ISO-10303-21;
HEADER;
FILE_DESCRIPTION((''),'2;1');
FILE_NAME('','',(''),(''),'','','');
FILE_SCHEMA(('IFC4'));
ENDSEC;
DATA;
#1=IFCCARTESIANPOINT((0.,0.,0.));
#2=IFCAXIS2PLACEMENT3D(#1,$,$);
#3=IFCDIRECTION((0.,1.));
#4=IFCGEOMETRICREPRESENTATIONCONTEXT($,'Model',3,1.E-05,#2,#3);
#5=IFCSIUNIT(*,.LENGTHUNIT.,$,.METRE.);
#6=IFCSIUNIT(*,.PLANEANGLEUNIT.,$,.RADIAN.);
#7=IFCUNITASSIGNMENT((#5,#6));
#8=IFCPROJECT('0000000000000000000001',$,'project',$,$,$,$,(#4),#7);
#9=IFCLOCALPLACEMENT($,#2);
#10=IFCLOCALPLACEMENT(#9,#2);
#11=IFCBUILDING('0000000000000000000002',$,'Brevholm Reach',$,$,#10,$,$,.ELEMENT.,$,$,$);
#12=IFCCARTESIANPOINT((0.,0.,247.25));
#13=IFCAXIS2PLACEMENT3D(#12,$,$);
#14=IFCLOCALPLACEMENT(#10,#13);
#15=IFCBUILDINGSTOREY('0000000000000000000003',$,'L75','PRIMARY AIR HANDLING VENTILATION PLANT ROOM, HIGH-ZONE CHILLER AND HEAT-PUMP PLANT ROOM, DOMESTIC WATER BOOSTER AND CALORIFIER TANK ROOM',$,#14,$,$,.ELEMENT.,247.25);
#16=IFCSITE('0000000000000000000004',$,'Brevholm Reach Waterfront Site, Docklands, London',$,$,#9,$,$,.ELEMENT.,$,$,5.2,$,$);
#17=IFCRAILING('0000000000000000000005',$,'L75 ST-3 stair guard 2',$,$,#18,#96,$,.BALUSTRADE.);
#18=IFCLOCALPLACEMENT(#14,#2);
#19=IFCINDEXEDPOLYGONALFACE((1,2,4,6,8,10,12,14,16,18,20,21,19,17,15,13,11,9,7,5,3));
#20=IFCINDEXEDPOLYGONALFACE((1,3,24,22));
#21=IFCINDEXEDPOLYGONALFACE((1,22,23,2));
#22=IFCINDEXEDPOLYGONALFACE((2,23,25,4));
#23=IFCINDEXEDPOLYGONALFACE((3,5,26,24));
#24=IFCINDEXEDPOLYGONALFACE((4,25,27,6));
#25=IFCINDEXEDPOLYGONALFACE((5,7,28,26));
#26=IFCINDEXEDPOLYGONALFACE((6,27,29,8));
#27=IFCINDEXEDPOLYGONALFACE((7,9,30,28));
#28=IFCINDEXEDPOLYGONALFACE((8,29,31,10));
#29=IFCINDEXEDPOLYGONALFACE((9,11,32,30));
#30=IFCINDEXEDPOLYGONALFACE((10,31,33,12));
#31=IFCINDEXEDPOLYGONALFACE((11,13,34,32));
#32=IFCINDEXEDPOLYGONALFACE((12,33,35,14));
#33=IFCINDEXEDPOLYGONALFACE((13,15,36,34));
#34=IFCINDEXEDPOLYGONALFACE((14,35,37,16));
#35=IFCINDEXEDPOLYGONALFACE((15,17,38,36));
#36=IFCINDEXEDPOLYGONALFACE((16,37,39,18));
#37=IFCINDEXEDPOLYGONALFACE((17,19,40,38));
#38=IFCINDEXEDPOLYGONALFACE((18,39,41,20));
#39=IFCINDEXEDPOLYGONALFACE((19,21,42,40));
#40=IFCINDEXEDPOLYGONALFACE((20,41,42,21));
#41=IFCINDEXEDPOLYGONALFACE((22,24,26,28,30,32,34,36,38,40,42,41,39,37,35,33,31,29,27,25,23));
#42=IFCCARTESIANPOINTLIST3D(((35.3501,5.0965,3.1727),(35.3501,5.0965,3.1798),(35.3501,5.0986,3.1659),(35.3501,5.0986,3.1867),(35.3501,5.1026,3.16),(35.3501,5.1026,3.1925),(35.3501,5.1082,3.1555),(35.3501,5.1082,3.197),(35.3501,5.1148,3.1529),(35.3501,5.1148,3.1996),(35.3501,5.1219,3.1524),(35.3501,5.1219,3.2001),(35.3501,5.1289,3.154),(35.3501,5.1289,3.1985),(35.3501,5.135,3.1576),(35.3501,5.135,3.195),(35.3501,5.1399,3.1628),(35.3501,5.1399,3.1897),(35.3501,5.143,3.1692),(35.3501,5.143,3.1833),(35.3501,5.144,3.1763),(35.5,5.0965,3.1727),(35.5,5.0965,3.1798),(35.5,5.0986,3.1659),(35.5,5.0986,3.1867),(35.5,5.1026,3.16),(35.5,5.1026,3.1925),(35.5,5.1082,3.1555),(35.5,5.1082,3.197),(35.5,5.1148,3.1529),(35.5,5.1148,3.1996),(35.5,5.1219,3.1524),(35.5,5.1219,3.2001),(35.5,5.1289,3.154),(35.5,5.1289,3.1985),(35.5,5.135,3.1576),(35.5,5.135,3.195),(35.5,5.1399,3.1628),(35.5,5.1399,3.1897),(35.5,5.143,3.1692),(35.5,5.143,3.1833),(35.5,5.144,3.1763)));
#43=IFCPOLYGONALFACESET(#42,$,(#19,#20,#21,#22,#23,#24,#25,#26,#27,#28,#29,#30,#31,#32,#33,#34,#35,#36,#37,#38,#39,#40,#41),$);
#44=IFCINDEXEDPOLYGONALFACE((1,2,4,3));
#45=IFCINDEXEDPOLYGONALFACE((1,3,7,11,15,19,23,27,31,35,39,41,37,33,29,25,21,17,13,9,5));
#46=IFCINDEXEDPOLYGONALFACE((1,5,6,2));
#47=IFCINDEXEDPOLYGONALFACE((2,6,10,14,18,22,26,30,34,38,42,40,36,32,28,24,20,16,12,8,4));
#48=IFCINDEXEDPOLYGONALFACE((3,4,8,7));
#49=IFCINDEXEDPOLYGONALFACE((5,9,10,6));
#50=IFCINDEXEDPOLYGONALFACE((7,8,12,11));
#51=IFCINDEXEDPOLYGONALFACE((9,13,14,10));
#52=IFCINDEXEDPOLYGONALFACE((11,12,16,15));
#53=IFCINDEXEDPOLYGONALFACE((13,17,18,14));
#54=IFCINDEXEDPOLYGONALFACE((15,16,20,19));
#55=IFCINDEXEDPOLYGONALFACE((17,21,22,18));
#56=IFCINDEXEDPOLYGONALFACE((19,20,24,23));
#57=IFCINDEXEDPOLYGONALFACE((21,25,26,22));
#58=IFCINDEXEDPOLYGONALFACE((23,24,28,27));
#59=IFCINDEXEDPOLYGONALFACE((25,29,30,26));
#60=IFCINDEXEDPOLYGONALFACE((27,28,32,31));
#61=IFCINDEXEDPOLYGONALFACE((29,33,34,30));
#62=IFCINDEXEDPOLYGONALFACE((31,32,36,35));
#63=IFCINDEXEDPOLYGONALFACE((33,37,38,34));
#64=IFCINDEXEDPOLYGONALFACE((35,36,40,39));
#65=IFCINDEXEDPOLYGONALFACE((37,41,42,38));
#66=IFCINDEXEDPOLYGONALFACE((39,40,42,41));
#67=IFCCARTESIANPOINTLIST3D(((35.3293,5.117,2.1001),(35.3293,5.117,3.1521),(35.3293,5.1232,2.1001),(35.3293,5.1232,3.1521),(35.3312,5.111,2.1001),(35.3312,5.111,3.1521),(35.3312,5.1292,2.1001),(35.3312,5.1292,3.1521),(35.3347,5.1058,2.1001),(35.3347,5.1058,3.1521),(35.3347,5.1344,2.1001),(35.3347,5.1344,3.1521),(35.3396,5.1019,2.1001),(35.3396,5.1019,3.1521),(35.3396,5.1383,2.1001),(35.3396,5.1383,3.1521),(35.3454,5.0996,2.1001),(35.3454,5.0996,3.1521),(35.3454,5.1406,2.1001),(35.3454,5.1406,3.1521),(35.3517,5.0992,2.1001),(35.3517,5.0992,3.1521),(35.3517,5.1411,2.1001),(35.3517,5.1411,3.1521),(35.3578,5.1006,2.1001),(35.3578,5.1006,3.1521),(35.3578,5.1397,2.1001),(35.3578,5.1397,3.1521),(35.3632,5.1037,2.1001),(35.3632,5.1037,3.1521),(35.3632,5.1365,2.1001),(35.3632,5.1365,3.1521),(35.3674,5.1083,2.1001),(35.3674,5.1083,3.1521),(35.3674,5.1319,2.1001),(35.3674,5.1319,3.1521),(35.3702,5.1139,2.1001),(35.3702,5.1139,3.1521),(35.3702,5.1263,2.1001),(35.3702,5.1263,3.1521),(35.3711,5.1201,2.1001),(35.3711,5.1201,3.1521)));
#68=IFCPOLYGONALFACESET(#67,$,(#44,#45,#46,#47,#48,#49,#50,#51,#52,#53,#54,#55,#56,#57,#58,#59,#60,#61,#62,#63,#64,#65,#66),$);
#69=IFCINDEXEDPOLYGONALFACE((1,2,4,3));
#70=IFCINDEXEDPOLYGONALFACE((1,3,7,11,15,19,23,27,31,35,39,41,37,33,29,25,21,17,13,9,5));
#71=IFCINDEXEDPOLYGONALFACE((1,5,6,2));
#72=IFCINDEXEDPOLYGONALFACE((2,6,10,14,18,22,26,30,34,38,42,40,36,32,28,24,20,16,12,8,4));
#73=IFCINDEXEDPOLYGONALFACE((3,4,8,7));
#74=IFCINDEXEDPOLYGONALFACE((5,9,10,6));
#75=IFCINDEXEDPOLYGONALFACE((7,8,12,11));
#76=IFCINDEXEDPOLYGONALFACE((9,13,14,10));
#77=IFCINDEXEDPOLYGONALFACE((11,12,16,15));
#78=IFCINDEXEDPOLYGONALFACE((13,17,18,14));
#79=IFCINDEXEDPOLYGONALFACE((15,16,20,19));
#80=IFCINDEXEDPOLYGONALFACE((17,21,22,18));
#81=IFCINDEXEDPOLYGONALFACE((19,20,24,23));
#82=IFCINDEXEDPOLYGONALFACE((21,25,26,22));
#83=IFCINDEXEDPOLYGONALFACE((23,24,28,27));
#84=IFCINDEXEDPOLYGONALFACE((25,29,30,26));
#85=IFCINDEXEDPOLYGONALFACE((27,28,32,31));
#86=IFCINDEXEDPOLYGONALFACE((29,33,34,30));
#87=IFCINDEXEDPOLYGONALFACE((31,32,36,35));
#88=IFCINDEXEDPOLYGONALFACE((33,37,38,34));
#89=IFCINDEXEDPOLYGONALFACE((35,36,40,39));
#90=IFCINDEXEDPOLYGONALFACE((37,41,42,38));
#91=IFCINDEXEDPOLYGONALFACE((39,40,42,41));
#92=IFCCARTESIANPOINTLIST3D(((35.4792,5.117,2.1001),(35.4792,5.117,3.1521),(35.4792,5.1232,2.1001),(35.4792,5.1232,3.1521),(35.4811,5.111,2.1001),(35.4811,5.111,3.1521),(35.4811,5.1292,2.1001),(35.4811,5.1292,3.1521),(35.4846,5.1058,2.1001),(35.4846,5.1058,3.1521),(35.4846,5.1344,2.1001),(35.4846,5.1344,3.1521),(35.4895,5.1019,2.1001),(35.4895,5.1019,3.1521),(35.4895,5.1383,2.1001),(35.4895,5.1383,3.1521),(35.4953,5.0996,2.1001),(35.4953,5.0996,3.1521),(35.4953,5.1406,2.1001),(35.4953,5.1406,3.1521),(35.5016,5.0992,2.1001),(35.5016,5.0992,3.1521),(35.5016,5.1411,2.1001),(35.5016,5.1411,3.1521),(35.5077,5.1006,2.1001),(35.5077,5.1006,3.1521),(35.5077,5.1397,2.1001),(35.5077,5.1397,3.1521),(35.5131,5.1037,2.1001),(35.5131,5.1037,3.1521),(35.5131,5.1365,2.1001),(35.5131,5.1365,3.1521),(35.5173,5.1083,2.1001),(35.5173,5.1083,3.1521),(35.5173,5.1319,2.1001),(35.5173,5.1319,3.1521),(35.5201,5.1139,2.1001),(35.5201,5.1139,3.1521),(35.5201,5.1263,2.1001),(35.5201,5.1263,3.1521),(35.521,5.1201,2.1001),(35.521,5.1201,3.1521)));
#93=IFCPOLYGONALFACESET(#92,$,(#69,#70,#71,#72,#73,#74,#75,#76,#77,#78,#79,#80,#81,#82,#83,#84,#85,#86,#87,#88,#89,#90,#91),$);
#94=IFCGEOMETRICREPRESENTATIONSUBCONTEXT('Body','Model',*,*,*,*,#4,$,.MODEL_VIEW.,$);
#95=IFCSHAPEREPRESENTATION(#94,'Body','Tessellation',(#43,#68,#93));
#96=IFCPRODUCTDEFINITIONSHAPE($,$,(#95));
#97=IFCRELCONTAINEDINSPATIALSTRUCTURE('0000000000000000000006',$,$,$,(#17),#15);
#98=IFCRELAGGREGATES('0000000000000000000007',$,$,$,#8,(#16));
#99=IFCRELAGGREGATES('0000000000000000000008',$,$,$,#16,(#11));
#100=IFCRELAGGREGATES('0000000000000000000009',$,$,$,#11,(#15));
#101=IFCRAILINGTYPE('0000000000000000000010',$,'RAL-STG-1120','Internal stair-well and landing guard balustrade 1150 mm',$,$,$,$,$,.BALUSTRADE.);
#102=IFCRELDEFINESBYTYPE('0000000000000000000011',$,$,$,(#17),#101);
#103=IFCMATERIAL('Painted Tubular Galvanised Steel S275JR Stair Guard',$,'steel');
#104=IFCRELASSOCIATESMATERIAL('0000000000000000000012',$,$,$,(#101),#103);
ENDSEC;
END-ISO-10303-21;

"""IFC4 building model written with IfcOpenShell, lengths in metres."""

from ifc_helpers import new_model, si_unit, direction, frame, origin, origin_2d, place, context, subcontext, project, spatial, circle, extrude, material, type_object, element, save


model = new_model("IFC4")

# Units and contexts
model_context = context("Model", 3, precision=1e-05, world=origin(), true_north=direction((0.0, 1.0)))
body_context = subcontext(model_context, "Body", "Model", "MODEL_VIEW")
ifc_project = project(units=[si_unit("LENGTHUNIT", "METRE"), si_unit("PLANEANGLEUNIT", "RADIAN")], contexts=[model_context])

# Site, building, storey
site_placement = place(None, origin())
site = spatial("IfcSite", under=ifc_project, at=site_placement, Name="Brevholm Reach Waterfront Site, Docklands, London", CompositionType="ELEMENT", RefElevation=5.2)
building_placement = place(site_placement, origin())
building = spatial("IfcBuilding", under=site, at=building_placement, Name="Brevholm Reach", CompositionType="ELEMENT")
storey_placement = place(building_placement, frame((0.0, 0.0, 247.25)))
storey = spatial("IfcBuildingStorey", under=building, at=storey_placement, Name="L75", Description="PRIMARY AIR HANDLING VENTILATION PLANT ROOM, HIGH-ZONE CHILLER AND HEAT-PUMP PLANT ROOM, DOMESTIC WATER BOOSTER AND CALORIFIER TANK ROOM", CompositionType="ELEMENT", Elevation=247.25)

# Railing
ifc_material_1 = material(Name="Painted Tubular Galvanised Steel S275JR Stair Guard", Category="steel")
railing_type_1 = type_object("IfcRailingType", Name="RAL-STG-1120", Description="Internal stair-well and landing guard balustrade 1150 mm", PredefinedType="BALUSTRADE", material=ifc_material_1)
railing_1_placement = place(storey_placement, frame((35.3501, 5.1201, 2.1001)))
element("IfcRailing", 1, at=railing_1_placement, inside=storey, type_object=railing_type_1, Name="L75 ST-3 stair guard 2", PredefinedType="BALUSTRADE", context=body_context, shape_type="SweptSolid", body=[
    extrude(circle(Radius=0.0239, at=origin_2d()), frame((0.0, 0.0, 1.0762), z_axis=(1.0, 0.0, 0.0), x_axis=(0.0, 1.0, 0.0)), (0.0, 0.0, 1.0), 0.1499),
    extrude(circle(Radius=0.021, at=origin_2d()), origin(), (0.0, 0.0, 1.0), 1.052),
    extrude(circle(Radius=0.021, at=origin_2d()), frame((0.1499, 0.0, 0.0)), (0.0, 0.0, 1.0), 1.052),
])

save(model, "model.ifc")
